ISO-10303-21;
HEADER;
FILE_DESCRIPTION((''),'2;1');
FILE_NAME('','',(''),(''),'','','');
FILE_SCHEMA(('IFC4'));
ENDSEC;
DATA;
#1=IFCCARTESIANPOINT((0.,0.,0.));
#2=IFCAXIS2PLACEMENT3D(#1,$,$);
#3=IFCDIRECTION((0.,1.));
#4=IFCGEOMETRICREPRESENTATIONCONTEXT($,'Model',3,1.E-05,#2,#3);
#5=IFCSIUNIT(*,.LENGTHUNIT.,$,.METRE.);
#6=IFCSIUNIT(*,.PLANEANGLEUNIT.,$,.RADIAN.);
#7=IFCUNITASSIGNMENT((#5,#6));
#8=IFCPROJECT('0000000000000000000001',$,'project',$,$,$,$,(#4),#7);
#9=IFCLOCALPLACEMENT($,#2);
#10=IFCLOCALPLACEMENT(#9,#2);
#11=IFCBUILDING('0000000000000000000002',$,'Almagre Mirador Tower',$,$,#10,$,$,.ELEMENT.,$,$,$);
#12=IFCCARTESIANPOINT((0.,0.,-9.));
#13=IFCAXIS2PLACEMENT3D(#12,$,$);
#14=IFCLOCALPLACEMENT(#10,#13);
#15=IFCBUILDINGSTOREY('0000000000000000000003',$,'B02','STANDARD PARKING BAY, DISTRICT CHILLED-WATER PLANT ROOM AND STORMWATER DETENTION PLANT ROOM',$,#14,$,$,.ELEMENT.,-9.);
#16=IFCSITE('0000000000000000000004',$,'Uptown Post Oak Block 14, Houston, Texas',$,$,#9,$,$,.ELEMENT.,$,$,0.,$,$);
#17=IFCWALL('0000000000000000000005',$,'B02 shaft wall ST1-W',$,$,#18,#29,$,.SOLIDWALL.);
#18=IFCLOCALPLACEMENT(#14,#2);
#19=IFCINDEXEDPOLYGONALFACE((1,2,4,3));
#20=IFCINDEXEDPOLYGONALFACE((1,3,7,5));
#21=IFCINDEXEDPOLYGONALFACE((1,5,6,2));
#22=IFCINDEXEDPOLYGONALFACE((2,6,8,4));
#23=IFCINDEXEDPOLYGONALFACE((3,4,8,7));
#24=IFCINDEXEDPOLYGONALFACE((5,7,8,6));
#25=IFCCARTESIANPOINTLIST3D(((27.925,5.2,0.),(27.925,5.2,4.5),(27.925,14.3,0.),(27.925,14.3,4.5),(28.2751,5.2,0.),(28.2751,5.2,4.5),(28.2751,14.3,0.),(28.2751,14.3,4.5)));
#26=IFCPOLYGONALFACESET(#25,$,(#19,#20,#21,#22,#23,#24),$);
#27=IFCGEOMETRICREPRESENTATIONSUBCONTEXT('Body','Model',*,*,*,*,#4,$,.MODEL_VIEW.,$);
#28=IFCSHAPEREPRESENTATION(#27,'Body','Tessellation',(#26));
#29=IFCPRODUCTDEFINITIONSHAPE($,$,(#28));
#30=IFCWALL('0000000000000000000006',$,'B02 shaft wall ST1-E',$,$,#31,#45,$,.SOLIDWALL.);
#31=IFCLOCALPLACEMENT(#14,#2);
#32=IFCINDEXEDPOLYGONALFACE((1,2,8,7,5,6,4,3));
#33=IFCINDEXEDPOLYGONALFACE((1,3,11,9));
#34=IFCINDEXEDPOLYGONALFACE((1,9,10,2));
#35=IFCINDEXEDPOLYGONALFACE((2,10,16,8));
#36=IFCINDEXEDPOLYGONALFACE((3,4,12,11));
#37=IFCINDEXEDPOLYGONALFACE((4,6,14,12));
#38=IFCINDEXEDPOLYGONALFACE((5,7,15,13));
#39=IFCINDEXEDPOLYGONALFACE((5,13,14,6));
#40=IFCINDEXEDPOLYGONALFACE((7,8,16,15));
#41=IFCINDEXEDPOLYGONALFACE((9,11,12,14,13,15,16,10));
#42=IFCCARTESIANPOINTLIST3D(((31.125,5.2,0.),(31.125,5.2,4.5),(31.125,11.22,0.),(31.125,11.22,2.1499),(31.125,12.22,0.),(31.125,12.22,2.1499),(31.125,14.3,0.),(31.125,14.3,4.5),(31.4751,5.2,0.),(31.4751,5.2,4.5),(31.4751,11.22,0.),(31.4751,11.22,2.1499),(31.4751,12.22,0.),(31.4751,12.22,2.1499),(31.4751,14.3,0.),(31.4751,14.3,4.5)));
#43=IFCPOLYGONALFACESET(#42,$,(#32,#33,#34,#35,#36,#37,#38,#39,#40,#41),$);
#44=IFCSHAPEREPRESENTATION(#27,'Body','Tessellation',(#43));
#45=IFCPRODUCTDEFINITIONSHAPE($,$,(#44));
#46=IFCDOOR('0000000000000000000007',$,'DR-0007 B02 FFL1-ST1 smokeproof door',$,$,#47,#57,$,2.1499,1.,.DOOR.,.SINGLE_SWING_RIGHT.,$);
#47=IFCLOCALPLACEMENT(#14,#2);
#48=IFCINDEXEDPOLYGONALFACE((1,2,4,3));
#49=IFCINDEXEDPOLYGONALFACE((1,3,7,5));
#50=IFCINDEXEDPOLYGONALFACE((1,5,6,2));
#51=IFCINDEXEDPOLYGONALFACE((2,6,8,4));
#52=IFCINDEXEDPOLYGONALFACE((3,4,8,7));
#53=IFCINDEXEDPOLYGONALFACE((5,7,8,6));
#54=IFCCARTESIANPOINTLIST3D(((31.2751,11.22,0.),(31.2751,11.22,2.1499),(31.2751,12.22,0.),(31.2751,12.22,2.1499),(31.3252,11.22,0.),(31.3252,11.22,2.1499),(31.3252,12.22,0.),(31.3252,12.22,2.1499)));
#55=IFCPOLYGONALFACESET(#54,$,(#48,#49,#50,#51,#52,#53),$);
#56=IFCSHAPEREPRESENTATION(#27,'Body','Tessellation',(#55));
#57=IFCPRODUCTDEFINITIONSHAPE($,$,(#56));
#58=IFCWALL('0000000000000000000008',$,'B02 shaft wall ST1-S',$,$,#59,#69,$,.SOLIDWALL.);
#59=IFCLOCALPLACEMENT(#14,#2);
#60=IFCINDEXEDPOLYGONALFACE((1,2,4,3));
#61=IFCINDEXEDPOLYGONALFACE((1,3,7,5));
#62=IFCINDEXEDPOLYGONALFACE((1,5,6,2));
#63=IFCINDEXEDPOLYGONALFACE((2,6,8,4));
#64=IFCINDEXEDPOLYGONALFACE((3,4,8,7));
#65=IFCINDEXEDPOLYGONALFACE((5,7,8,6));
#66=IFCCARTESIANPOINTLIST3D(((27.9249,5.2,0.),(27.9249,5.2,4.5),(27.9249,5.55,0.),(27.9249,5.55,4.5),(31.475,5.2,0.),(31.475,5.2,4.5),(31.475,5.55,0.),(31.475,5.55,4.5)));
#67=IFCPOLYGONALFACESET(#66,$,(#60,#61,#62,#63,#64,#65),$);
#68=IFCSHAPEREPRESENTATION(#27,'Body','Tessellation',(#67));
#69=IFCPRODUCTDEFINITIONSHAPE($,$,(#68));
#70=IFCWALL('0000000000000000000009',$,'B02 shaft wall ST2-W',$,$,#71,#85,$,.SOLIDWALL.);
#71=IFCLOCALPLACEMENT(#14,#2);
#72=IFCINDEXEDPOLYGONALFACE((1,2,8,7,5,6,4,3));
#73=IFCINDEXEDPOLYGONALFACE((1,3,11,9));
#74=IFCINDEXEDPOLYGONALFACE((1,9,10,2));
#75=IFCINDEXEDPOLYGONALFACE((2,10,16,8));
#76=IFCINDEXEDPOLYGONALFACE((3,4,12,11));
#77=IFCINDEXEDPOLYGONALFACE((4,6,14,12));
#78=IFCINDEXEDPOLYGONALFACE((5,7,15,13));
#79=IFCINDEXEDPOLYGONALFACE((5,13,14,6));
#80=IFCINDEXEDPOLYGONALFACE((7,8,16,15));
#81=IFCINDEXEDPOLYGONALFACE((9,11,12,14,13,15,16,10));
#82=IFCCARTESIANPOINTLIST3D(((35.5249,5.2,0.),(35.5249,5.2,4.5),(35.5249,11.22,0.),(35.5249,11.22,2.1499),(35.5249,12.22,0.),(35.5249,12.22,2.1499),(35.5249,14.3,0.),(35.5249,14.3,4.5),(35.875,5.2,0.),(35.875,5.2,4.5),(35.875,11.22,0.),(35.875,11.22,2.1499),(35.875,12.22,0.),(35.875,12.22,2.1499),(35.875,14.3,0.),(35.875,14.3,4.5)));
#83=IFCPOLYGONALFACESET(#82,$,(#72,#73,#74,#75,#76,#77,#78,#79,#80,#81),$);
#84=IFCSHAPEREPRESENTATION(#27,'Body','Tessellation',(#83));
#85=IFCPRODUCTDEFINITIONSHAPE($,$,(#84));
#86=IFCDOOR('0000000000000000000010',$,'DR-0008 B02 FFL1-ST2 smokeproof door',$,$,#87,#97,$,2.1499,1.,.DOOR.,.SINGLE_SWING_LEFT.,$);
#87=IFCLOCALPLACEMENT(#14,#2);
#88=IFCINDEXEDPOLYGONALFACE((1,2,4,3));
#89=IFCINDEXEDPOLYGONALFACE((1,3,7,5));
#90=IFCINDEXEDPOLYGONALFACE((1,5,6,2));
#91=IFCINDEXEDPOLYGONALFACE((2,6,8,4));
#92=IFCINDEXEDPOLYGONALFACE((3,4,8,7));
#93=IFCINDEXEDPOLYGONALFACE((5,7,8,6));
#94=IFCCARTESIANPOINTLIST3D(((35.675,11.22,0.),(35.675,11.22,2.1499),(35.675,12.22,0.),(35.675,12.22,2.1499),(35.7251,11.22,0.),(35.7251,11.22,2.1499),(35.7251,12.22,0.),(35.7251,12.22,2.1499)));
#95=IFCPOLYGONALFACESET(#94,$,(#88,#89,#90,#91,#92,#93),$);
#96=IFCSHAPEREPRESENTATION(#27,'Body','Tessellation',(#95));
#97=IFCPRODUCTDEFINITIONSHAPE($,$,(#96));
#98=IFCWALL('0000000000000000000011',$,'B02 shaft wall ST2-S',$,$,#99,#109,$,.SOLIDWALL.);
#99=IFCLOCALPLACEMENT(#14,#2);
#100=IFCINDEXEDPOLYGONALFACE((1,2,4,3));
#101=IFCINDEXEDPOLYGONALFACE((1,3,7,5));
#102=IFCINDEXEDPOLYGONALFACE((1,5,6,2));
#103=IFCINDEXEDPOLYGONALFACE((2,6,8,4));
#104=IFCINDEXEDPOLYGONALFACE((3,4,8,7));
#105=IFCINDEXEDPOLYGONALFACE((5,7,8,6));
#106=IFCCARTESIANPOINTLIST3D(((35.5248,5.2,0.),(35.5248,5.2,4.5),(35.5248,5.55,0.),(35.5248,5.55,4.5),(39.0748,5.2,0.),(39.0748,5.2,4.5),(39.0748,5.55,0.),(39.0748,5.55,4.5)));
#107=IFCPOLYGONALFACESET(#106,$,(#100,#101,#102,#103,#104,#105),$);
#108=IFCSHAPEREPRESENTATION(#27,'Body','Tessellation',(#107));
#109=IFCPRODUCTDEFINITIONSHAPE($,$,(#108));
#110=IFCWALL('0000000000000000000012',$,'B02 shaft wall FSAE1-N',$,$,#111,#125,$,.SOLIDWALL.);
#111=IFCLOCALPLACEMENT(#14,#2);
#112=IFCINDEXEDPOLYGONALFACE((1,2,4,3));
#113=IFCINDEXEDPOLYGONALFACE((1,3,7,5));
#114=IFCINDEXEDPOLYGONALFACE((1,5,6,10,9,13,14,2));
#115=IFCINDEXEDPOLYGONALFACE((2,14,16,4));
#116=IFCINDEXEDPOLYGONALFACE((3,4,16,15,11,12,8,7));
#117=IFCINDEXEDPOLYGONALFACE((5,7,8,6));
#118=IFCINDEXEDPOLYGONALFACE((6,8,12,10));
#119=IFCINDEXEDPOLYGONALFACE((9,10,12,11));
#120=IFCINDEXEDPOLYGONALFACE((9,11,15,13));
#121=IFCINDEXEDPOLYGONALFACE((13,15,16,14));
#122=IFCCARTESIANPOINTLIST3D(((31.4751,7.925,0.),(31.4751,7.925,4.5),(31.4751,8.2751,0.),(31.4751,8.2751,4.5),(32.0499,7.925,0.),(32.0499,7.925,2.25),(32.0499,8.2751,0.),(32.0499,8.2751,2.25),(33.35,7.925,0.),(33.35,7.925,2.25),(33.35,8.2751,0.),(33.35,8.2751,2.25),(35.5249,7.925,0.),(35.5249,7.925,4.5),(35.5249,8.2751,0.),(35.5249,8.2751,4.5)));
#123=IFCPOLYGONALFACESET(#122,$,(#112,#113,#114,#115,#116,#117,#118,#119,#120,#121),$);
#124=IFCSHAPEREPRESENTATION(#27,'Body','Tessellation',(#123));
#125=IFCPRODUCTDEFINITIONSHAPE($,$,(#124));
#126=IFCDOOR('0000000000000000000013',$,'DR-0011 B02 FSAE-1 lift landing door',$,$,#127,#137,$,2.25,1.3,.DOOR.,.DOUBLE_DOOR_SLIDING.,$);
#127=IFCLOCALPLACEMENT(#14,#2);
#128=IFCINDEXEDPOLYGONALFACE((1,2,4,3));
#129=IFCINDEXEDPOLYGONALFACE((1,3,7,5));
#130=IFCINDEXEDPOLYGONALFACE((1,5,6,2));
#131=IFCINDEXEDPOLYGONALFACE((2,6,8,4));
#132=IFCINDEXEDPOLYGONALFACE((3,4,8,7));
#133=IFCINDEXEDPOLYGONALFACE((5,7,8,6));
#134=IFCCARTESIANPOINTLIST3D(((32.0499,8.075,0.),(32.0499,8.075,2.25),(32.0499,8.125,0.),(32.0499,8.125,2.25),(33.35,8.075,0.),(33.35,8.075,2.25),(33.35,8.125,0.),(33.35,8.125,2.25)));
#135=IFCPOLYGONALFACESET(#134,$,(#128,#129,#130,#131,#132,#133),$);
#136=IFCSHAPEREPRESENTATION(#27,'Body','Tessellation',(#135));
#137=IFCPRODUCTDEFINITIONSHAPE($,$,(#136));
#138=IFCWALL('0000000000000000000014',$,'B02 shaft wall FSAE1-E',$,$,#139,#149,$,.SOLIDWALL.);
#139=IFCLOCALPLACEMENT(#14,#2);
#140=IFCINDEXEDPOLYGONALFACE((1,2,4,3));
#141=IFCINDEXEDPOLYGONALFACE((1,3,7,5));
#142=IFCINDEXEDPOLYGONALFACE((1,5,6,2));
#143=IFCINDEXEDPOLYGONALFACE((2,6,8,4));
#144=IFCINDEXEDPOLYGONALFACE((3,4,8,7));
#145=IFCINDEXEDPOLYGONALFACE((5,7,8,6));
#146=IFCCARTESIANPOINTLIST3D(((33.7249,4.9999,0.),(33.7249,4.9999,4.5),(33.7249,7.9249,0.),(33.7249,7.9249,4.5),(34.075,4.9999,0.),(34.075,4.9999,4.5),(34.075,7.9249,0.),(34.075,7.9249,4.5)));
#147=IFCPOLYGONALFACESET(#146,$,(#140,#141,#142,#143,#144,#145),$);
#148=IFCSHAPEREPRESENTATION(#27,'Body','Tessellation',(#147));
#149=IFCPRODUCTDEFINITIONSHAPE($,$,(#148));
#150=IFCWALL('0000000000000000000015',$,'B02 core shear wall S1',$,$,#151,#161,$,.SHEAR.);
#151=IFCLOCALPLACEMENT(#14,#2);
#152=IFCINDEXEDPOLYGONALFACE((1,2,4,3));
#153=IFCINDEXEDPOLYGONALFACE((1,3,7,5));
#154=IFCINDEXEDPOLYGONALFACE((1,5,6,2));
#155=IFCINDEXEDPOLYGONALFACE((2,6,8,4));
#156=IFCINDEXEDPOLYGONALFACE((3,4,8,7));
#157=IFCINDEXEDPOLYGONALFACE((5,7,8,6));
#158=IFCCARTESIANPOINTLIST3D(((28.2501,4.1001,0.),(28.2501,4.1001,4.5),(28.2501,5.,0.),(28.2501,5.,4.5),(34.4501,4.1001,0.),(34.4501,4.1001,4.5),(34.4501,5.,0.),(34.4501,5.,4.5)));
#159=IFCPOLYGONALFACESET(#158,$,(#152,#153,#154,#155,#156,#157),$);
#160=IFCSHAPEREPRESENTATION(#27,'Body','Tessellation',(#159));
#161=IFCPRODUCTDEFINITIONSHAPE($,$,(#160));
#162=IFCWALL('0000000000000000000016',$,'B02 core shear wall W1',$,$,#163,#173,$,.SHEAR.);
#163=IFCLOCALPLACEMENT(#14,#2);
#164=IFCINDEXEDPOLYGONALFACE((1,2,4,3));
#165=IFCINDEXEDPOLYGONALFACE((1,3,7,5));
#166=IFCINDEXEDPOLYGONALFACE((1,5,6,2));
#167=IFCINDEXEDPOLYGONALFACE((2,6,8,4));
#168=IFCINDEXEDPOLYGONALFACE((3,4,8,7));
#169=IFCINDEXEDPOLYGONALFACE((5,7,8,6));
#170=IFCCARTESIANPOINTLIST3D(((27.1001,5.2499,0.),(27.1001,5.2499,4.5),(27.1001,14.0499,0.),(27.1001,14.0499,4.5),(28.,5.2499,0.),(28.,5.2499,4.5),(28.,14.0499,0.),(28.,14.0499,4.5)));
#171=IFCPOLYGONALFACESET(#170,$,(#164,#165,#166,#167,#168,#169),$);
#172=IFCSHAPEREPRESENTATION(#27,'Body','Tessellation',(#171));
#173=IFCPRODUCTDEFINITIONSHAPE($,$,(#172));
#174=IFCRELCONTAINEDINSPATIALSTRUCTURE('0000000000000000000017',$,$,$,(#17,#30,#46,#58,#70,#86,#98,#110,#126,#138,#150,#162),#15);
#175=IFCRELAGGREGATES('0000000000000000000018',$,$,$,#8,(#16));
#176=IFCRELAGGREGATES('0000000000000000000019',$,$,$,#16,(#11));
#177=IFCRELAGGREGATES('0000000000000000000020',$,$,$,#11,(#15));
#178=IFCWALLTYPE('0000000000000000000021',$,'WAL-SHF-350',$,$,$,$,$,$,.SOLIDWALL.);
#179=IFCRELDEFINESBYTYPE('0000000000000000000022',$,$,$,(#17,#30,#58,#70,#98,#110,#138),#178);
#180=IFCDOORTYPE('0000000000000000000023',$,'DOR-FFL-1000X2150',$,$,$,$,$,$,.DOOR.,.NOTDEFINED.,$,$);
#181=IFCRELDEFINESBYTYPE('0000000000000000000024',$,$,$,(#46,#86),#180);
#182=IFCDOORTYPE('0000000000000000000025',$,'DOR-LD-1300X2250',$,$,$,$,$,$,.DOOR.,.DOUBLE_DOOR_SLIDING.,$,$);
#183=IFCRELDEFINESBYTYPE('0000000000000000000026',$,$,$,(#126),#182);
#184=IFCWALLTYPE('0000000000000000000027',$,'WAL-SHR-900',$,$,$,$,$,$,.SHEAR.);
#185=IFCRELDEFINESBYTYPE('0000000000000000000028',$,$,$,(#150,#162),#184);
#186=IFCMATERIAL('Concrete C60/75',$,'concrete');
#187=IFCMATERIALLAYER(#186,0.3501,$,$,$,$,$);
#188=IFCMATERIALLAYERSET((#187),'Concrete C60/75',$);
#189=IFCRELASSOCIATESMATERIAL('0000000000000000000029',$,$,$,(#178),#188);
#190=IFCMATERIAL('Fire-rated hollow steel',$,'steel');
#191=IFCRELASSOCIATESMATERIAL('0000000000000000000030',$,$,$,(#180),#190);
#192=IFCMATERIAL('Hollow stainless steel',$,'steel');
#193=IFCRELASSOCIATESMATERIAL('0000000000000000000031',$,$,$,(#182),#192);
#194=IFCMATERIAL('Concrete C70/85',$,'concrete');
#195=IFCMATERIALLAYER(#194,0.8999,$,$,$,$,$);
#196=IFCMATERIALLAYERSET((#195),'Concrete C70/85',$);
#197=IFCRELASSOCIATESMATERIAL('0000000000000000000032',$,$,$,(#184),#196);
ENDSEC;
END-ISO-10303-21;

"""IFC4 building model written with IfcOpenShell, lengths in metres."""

from ifc_helpers import new_model, si_unit, direction, frame, frame_2d, origin, place, context, subcontext, project, spatial, rectangle, extrude, material, layer, layer_set, type_object, element, fill, save


model = new_model("IFC4")

# Units and contexts
model_context = context("Model", 3, precision=1e-05, world=origin(), true_north=direction((0.0, 1.0)))
body_context = subcontext(model_context, "Body", "Model", "MODEL_VIEW")
ifc_project = project(units=[si_unit("LENGTHUNIT", "METRE"), si_unit("PLANEANGLEUNIT", "RADIAN")], contexts=[model_context])

# Site, building, storey
site_placement = place(None, origin())
site = spatial("IfcSite", under=ifc_project, at=site_placement, Name="Uptown Post Oak Block 14, Houston, Texas", CompositionType="ELEMENT", RefElevation=0.0)
building_placement = place(site_placement, origin())
building = spatial("IfcBuilding", under=site, at=building_placement, Name="Almagre Mirador Tower", CompositionType="ELEMENT")
storey_placement = place(building_placement, frame((0.0, 0.0, -9.0)))
storey = spatial("IfcBuildingStorey", under=building, at=storey_placement, Name="B02", Description="STANDARD PARKING BAY, DISTRICT CHILLED-WATER PLANT ROOM AND STORMWATER DETENTION PLANT ROOM", CompositionType="ELEMENT", Elevation=-9.0)

# Wall
ifc_material_1 = material(Name="Concrete C60/75", Category="concrete")
ifc_layer_1 = layer(ifc_material_1, 0.3501)
ifc_layer_set_1 = layer_set([ifc_layer_1], Name="Concrete C60/75")
wall_type_1 = type_object("IfcWallType", Name="WAL-SHF-350", PredefinedType="SOLIDWALL", material=ifc_layer_set_1)
wall_1_placement = place(storey_placement, frame((28.1001, 5.2, 0.0), z_axis=(0.0, 0.0, 1.0), x_axis=(0.0, 1.0, 0.0)))
element("IfcWall", 1, at=wall_1_placement, inside=storey, type_object=wall_type_1, Name="B02 shaft wall ST1-W", PredefinedType="SOLIDWALL", context=body_context, shape_type="SweptSolid", body=[
    extrude(rectangle(XDim=9.1001, YDim=0.3501, at=frame_2d((4.55, 0.0))), origin(), (0.0, 0.0, 1.0), 4.5),
])

# Wall, opening, door
wall_2_placement = place(storey_placement, frame((31.3, 5.2, 0.0), z_axis=(0.0, 0.0, 1.0), x_axis=(0.0, 1.0, 0.0)))
wall_2 = element("IfcWall", 2, at=wall_2_placement, inside=storey, type_object=wall_type_1, Name="B02 shaft wall ST1-E", PredefinedType="SOLIDWALL", context=body_context, shape_type="SweptSolid", body=[
    extrude(rectangle(XDim=9.1001, YDim=0.3501, at=frame_2d((4.55, 0.0))), origin(), (0.0, 0.0, 1.0), 4.5),
])
opening_1_placement = place(wall_2_placement, frame((6.02, 0.0, 0.0)))
opening_1 = element("IfcOpeningElement", 3, at=opening_1_placement, cuts=wall_2, PredefinedType="OPENING", context=body_context, shape_type="SweptSolid", body=[
    extrude(rectangle(XDim=1.0, YDim=2.1499, at=frame_2d((0.5, 1.075))), frame((0.0, 0.185, 0.0), z_axis=(0.0, -1.0, 0.0), x_axis=(1.0, 0.0, 0.0)), (0.0, 0.0, 1.0), 0.3701),
])
ifc_material_2 = material(Name="Fire-rated hollow steel", Category="steel")
door_type_1 = type_object("IfcDoorType", Name="DOR-FFL-1000X2150", OperationType="NOTDEFINED", PredefinedType="DOOR", material=ifc_material_2)
door_1_placement = place(opening_1_placement, origin())
door_1 = element("IfcDoor", 4, at=door_1_placement, inside=storey, type_object=door_type_1, Name="DR-0007 B02 FFL1-ST1 smokeproof door", OperationType="SINGLE_SWING_RIGHT", OverallHeight=2.1499, OverallWidth=1.0, PredefinedType="DOOR", context=body_context, shape_type="SweptSolid", body=[
    extrude(rectangle(XDim=1.0, YDim=2.1499, at=frame_2d((0.5, 1.075))), frame((0.0, 0.0249, 0.0), z_axis=(0.0, -1.0, 0.0), x_axis=(1.0, 0.0, 0.0)), (0.0, 0.0, 1.0), 0.05),
])
fill(opening_1, door_1)

# Wall
wall_3_placement = place(storey_placement, frame((27.925, 5.375, 0.0), z_axis=(0.0, 0.0, 1.0), x_axis=(1.0, 0.0, 0.0)))
element("IfcWall", 5, at=wall_3_placement, inside=storey, type_object=wall_type_1, Name="B02 shaft wall ST1-S", PredefinedType="SOLIDWALL", context=body_context, shape_type="SweptSolid", body=[
    extrude(rectangle(XDim=3.55, YDim=0.3501, at=frame_2d((1.7749, 0.0))), origin(), (0.0, 0.0, 1.0), 4.5),
])

# Wall, opening, door
wall_4_placement = place(storey_placement, frame((35.7, 5.2, 0.0), z_axis=(0.0, 0.0, 1.0), x_axis=(0.0, 1.0, 0.0)))
wall_4 = element("IfcWall", 6, at=wall_4_placement, inside=storey, type_object=wall_type_1, Name="B02 shaft wall ST2-W", PredefinedType="SOLIDWALL", context=body_context, shape_type="SweptSolid", body=[
    extrude(rectangle(XDim=9.1001, YDim=0.3501, at=frame_2d((4.55, 0.0))), origin(), (0.0, 0.0, 1.0), 4.5),
])
opening_2_placement = place(wall_4_placement, frame((6.02, 0.0, 0.0)))
opening_2 = element("IfcOpeningElement", 7, at=opening_2_placement, cuts=wall_4, PredefinedType="OPENING", context=body_context, shape_type="SweptSolid", body=[
    extrude(rectangle(XDim=1.0, YDim=2.1499, at=frame_2d((0.5, 1.075))), frame((0.0, 0.185, 0.0), z_axis=(0.0, -1.0, 0.0), x_axis=(1.0, 0.0, 0.0)), (0.0, 0.0, 1.0), 0.3701),
])
door_2_placement = place(opening_2_placement, origin())
door_2 = element("IfcDoor", 8, at=door_2_placement, inside=storey, type_object=door_type_1, Name="DR-0008 B02 FFL1-ST2 smokeproof door", OperationType="SINGLE_SWING_LEFT", OverallHeight=2.1499, OverallWidth=1.0, PredefinedType="DOOR", context=body_context, shape_type="SweptSolid", body=[
    extrude(rectangle(XDim=1.0, YDim=2.1499, at=frame_2d((0.5, 1.075))), frame((0.0, 0.0249, 0.0), z_axis=(0.0, -1.0, 0.0), x_axis=(1.0, 0.0, 0.0)), (0.0, 0.0, 1.0), 0.05),
])
fill(opening_2, door_2)

# Wall
wall_5_placement = place(storey_placement, frame((35.5249, 5.375, 0.0), z_axis=(0.0, 0.0, 1.0), x_axis=(1.0, 0.0, 0.0)))
element("IfcWall", 9, at=wall_5_placement, inside=storey, type_object=wall_type_1, Name="B02 shaft wall ST2-S", PredefinedType="SOLIDWALL", context=body_context, shape_type="SweptSolid", body=[
    extrude(rectangle(XDim=3.55, YDim=0.3501, at=frame_2d((1.7749, 0.0))), origin(), (0.0, 0.0, 1.0), 4.5),
])

# Wall, opening, door
wall_6_placement = place(storey_placement, frame((31.4751, 8.1001, 0.0), z_axis=(0.0, 0.0, 1.0), x_axis=(1.0, 0.0, 0.0)))
wall_6 = element("IfcWall", 10, at=wall_6_placement, inside=storey, type_object=wall_type_1, Name="B02 shaft wall FSAE1-N", PredefinedType="SOLIDWALL", context=body_context, shape_type="SweptSolid", body=[
    extrude(rectangle(XDim=4.0498, YDim=0.3501, at=frame_2d((2.0249, 0.0))), origin(), (0.0, 0.0, 1.0), 4.5),
])
opening_3_placement = place(wall_6_placement, frame((0.575, 0.0, 0.0)))
opening_3 = element("IfcOpeningElement", 11, at=opening_3_placement, cuts=wall_6, PredefinedType="OPENING", context=body_context, shape_type="SweptSolid", body=[
    extrude(rectangle(XDim=1.3, YDim=2.25, at=frame_2d((0.6499, 1.125))), frame((0.0, 0.185, 0.0), z_axis=(0.0, -1.0, 0.0), x_axis=(1.0, 0.0, 0.0)), (0.0, 0.0, 1.0), 0.3701),
])
ifc_material_3 = material(Name="Hollow stainless steel", Category="steel")
door_type_2 = type_object("IfcDoorType", Name="DOR-LD-1300X2250", OperationType="DOUBLE_DOOR_SLIDING", PredefinedType="DOOR", material=ifc_material_3)
door_3_placement = place(opening_3_placement, origin())
door_3 = element("IfcDoor", 12, at=door_3_placement, inside=storey, type_object=door_type_2, Name="DR-0011 B02 FSAE-1 lift landing door", OperationType="DOUBLE_DOOR_SLIDING", OverallHeight=2.25, OverallWidth=1.3, PredefinedType="DOOR", context=body_context, shape_type="SweptSolid", body=[
    extrude(rectangle(XDim=1.3, YDim=2.25, at=frame_2d((0.6499, 1.125))), frame((0.0, 0.0249, 0.0), z_axis=(0.0, -1.0, 0.0), x_axis=(1.0, 0.0, 0.0)), (0.0, 0.0, 1.0), 0.05),
])
fill(opening_3, door_3)

# Walls
wall_7_placement = place(storey_placement, frame((33.8999, 5.0, 0.0), z_axis=(0.0, 0.0, 1.0), x_axis=(0.0, 1.0, 0.0)))
element("IfcWall", 13, at=wall_7_placement, inside=storey, type_object=wall_type_1, Name="B02 shaft wall FSAE1-E", PredefinedType="SOLIDWALL", context=body_context, shape_type="SweptSolid", body=[
    extrude(rectangle(XDim=2.925, YDim=0.3501, at=frame_2d((1.4624, 0.0))), origin(), (0.0, 0.0, 1.0), 4.5),
])
ifc_material_4 = material(Name="Concrete C70/85", Category="concrete")
ifc_layer_2 = layer(ifc_material_4, 0.8999)
ifc_layer_set_2 = layer_set([ifc_layer_2], Name="Concrete C70/85")
wall_type_2 = type_object("IfcWallType", Name="WAL-SHR-900", PredefinedType="SHEAR", material=ifc_layer_set_2)
wall_8_placement = place(storey_placement, frame((28.25, 4.55, 0.0), z_axis=(0.0, 0.0, 1.0), x_axis=(1.0, 0.0, 0.0)))
element("IfcWall", 14, at=wall_8_placement, inside=storey, type_object=wall_type_2, Name="B02 core shear wall S1", PredefinedType="SHEAR", context=body_context, shape_type="SweptSolid", body=[
    extrude(rectangle(XDim=6.2, YDim=0.8999, at=frame_2d((3.1001, 0.0))), origin(), (0.0, 0.0, 1.0), 4.5),
])
wall_9_placement = place(storey_placement, frame((27.55, 5.25, 0.0), z_axis=(0.0, 0.0, 1.0), x_axis=(0.0, 1.0, 0.0)))
element("IfcWall", 15, at=wall_9_placement, inside=storey, type_object=wall_type_2, Name="B02 core shear wall W1", PredefinedType="SHEAR", context=body_context, shape_type="SweptSolid", body=[
    extrude(rectangle(XDim=8.8, YDim=0.8999, at=frame_2d((4.3999, 0.0))), origin(), (0.0, 0.0, 1.0), 4.5),
])

save(model, "model.ifc")
